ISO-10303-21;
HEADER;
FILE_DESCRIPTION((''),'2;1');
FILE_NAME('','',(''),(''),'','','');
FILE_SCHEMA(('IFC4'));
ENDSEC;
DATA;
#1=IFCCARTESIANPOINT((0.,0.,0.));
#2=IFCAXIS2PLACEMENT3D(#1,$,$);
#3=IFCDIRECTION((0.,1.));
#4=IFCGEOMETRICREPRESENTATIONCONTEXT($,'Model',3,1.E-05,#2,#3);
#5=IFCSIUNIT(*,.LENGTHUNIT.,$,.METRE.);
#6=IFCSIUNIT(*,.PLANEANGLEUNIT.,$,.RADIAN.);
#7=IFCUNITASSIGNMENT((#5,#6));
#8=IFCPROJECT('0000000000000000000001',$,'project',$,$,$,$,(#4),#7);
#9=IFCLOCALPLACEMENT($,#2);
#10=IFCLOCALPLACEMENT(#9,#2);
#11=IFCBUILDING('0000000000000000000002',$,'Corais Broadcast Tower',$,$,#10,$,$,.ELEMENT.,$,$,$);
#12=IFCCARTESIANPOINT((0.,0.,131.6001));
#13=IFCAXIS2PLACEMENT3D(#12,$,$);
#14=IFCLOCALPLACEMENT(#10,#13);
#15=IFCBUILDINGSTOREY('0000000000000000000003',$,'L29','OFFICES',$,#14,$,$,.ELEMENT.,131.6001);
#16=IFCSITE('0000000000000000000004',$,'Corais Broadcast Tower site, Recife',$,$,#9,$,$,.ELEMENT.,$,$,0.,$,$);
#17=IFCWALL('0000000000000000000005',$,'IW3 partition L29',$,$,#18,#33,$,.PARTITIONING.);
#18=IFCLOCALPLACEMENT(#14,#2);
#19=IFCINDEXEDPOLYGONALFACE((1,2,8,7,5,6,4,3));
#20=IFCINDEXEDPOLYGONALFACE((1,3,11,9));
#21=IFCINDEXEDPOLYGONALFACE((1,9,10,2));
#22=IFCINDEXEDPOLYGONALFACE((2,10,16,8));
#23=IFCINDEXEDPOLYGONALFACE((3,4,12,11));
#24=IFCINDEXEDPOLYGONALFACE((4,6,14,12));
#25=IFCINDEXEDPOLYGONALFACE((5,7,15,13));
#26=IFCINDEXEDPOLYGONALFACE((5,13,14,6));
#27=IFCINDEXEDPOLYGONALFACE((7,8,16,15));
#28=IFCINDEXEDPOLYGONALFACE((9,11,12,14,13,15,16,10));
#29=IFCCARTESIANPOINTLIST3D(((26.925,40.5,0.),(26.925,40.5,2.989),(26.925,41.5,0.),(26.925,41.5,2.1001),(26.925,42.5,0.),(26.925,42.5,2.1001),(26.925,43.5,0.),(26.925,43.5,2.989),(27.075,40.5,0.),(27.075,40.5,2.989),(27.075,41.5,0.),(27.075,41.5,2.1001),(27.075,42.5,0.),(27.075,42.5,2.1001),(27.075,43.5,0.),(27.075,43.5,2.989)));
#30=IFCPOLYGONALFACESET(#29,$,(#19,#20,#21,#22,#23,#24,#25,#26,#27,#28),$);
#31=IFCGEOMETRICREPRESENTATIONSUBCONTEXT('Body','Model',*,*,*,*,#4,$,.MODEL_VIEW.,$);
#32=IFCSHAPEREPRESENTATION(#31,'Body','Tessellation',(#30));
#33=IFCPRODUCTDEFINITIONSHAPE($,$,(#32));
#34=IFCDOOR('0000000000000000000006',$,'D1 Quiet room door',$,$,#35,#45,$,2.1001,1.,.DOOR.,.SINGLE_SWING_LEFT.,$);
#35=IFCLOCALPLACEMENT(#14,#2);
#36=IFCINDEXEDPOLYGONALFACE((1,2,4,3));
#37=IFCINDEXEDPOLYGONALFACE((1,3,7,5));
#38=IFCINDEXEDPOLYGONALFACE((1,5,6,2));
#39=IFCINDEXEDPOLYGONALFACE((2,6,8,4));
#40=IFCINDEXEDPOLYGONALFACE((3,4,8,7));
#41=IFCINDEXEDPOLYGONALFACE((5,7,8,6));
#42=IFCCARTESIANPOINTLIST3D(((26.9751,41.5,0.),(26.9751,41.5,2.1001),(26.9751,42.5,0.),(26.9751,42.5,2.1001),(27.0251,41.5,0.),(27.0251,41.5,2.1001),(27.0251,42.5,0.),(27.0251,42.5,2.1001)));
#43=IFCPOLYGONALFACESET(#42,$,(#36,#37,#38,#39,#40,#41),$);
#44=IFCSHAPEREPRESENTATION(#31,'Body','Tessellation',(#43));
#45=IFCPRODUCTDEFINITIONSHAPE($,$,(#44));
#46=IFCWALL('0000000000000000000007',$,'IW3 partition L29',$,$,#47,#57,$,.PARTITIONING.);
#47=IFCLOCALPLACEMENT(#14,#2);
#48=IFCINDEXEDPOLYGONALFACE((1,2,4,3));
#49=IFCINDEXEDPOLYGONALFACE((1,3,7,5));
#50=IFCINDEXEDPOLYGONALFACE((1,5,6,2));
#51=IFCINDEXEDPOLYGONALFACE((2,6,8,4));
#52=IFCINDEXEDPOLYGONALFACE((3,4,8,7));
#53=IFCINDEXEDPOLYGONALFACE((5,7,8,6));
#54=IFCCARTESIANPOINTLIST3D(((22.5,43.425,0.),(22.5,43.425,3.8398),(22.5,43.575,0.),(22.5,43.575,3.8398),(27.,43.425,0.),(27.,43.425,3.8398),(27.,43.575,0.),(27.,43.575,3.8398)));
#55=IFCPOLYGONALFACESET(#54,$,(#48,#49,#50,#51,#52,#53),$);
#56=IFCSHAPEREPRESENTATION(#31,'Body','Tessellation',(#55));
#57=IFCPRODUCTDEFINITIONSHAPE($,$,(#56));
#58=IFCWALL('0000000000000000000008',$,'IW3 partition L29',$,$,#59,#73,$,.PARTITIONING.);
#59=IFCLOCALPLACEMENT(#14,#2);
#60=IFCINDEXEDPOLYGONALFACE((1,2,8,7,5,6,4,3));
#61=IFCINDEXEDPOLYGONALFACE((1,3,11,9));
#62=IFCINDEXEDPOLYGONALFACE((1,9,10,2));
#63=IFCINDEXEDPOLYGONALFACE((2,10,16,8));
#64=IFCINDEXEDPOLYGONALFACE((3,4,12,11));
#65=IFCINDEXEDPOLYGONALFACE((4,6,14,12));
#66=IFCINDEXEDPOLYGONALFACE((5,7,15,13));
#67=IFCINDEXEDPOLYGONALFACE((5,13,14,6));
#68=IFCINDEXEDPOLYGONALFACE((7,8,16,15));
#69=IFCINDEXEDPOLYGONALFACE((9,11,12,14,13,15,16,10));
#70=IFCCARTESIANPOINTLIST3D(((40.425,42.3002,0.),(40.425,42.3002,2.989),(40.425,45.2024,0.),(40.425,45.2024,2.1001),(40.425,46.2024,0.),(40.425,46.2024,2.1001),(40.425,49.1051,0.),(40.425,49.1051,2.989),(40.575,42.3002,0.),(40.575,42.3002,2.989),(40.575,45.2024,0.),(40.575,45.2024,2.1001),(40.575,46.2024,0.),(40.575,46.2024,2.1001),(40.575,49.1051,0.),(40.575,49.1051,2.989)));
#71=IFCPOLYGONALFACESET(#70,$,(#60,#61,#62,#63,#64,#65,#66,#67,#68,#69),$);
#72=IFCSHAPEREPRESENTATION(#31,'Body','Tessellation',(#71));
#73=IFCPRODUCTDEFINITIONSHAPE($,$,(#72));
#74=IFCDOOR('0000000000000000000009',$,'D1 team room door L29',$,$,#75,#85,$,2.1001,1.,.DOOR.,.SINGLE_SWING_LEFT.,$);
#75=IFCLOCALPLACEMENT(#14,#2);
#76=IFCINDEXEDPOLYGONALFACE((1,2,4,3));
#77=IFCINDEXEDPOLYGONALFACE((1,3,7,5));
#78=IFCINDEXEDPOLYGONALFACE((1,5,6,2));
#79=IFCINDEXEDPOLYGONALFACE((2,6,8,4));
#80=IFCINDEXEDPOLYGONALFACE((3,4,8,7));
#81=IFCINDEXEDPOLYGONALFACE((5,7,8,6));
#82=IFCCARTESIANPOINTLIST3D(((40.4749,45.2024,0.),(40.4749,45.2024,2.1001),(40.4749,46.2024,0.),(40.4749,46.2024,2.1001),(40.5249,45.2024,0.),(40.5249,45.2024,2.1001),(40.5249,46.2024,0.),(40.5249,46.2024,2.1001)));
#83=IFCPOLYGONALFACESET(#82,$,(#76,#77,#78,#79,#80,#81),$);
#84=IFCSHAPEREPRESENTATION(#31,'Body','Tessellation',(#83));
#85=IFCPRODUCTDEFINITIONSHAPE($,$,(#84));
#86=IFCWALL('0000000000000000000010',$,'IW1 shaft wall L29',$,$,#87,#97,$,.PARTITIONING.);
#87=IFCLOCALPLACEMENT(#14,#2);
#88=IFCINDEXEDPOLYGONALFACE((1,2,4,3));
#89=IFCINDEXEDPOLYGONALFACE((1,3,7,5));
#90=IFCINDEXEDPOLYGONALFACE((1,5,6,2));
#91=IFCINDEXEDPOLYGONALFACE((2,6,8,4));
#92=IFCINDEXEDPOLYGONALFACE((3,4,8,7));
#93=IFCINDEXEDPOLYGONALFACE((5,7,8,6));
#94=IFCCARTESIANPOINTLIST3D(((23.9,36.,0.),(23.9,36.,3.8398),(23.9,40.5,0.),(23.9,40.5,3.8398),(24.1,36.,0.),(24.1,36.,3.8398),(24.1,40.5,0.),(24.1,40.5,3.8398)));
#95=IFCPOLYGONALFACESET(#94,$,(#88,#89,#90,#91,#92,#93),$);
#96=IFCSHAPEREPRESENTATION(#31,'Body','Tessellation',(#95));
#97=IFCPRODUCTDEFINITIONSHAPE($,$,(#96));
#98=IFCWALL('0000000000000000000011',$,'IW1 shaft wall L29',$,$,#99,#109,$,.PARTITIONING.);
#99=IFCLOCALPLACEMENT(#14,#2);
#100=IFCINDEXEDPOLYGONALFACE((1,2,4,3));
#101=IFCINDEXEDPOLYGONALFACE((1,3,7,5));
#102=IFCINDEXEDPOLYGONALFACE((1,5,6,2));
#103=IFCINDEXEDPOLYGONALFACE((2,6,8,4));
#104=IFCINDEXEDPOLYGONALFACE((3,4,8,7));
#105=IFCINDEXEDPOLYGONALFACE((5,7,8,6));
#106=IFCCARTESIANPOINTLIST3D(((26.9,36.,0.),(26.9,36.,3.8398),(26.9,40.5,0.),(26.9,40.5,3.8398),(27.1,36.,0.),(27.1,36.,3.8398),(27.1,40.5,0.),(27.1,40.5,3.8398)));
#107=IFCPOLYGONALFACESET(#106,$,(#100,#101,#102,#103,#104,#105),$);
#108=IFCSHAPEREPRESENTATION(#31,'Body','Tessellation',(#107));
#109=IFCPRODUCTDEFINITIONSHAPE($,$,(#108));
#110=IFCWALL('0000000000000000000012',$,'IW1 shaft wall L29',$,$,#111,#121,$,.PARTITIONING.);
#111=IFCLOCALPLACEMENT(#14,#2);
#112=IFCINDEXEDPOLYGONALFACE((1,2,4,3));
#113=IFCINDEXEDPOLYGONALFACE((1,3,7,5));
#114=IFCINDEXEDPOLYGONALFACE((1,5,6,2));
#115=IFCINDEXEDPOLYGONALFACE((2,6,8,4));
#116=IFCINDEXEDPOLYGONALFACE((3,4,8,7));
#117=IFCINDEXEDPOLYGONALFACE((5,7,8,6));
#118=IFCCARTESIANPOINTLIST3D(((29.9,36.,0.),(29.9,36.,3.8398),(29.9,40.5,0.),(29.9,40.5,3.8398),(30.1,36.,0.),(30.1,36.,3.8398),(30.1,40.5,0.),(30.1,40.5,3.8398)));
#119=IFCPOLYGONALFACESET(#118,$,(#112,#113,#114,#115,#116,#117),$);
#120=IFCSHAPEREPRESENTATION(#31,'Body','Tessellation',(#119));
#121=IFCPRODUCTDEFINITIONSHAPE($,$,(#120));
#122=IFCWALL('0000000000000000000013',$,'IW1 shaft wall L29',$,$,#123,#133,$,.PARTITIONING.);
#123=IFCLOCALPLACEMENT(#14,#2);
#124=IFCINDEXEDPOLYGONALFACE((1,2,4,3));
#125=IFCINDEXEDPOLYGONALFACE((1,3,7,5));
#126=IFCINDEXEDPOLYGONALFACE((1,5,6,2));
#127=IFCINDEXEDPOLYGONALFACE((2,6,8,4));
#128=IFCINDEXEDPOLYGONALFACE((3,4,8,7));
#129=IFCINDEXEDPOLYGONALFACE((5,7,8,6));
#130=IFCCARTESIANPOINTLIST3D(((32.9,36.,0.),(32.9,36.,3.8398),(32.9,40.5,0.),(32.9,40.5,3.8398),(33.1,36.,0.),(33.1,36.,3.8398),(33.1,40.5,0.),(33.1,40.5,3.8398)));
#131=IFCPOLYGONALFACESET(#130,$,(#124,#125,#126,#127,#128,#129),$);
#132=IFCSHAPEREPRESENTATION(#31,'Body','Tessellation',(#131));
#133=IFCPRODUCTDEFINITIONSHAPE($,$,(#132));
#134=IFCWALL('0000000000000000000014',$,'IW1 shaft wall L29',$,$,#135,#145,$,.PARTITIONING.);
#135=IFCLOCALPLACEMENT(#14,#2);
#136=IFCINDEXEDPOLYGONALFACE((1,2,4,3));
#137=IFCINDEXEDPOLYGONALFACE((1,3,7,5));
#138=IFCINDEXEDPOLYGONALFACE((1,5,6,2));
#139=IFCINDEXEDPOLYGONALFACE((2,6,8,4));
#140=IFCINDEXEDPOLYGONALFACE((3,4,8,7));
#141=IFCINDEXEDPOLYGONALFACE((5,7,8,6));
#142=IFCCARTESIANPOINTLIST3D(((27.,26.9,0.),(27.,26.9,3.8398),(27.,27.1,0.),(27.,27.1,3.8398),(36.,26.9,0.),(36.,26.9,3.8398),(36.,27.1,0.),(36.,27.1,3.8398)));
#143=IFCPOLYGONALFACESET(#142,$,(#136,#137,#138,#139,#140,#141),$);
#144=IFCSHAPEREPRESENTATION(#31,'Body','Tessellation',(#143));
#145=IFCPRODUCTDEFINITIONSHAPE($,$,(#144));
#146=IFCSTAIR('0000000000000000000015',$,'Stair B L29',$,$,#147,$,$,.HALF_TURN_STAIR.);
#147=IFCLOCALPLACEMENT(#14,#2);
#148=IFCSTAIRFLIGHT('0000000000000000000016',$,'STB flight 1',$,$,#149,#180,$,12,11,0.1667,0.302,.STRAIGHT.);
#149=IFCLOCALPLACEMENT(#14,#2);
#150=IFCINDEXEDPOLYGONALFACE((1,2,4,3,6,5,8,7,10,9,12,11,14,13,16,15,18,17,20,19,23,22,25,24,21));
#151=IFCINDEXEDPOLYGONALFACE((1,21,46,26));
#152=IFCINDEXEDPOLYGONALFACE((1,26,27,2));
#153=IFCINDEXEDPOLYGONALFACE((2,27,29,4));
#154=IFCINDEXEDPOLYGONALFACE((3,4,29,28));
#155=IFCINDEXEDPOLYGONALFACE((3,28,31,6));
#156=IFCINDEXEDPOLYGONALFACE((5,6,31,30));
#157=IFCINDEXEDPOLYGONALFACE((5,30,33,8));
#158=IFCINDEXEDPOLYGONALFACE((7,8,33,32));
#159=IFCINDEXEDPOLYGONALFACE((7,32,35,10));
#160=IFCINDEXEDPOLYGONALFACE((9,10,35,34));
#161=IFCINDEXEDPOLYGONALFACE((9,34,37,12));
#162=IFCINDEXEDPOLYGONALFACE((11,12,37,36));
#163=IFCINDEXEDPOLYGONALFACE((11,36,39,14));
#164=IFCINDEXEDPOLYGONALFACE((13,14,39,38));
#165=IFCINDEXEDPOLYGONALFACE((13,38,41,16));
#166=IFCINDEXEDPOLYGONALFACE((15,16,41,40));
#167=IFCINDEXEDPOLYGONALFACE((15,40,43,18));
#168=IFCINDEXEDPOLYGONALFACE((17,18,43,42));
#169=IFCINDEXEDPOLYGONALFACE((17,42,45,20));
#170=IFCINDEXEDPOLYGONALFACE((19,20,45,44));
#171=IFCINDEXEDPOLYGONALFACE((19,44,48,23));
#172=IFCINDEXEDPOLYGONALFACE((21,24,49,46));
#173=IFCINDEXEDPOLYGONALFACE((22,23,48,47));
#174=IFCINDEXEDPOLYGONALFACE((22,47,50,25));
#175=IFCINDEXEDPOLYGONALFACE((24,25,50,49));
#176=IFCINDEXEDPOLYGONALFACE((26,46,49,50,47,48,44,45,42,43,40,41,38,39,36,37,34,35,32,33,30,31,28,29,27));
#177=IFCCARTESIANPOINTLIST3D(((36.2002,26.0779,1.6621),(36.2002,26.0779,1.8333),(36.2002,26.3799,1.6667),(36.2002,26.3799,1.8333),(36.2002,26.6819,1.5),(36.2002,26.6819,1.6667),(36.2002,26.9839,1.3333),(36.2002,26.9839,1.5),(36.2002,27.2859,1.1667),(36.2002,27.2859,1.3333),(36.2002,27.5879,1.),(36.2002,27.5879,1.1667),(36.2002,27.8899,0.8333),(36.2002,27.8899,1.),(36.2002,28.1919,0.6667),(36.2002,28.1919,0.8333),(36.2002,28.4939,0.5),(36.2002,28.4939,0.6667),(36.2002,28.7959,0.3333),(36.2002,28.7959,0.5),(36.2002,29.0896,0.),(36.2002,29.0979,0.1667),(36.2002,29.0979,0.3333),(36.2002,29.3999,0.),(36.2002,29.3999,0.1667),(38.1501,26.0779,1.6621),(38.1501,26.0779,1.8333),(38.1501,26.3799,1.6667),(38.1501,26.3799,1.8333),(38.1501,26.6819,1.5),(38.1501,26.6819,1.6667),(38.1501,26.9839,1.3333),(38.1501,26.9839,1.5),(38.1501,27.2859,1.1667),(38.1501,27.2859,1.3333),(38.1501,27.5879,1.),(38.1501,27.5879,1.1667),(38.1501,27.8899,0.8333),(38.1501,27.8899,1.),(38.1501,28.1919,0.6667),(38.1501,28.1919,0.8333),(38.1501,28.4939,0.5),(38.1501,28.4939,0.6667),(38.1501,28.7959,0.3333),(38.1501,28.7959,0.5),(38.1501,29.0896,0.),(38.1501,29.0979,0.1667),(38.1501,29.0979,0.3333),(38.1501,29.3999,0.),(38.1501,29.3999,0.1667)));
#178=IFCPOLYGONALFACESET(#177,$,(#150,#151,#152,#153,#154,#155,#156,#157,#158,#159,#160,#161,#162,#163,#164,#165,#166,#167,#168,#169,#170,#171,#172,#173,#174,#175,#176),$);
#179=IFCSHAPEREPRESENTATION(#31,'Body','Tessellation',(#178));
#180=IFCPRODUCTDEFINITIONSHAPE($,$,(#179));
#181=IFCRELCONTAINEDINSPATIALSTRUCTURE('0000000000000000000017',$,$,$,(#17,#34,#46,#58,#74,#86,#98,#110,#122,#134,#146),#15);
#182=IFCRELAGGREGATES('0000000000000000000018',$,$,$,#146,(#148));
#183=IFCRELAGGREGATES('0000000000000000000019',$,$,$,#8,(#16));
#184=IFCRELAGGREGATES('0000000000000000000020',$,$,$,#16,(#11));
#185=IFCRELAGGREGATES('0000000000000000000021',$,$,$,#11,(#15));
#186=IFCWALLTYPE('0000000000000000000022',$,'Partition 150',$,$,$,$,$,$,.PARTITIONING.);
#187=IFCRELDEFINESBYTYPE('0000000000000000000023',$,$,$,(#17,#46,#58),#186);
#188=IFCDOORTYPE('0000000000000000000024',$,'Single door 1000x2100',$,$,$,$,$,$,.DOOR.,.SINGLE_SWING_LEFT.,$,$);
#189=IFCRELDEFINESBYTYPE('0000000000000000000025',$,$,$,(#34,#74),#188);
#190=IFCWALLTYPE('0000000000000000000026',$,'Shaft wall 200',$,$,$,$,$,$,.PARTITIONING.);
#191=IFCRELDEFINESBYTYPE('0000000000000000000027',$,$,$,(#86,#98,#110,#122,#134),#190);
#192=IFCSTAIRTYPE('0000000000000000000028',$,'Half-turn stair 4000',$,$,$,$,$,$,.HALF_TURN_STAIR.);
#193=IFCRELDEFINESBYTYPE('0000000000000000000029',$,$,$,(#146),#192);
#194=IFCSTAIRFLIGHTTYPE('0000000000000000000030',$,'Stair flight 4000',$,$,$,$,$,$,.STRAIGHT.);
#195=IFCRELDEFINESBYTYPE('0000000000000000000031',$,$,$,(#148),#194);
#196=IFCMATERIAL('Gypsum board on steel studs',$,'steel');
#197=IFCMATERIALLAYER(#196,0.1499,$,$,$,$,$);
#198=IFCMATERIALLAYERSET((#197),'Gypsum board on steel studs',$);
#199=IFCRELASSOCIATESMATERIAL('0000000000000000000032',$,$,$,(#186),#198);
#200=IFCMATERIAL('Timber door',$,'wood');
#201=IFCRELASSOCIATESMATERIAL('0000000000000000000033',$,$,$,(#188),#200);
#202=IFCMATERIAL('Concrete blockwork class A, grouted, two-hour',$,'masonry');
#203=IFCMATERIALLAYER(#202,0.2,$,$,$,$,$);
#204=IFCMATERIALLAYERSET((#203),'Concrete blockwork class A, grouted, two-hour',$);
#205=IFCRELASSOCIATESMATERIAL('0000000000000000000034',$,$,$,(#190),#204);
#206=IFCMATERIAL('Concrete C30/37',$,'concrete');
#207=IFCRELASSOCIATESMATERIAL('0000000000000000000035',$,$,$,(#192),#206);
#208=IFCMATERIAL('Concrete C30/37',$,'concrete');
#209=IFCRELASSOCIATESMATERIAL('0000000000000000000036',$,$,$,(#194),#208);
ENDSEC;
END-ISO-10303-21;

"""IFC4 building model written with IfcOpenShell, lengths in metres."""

from ifc_helpers import new_model, si_unit, direction, frame, frame_2d, origin, place, context, subcontext, project, spatial, polyline, rectangle, outline, extrude, material, layer, layer_set, type_object, element, fill, aggregate, save


model = new_model("IFC4")

# Units and contexts
model_context = context("Model", 3, precision=1e-05, world=origin(), true_north=direction((0.0, 1.0)))
body_context = subcontext(model_context, "Body", "Model", "MODEL_VIEW")
ifc_project = project(units=[si_unit("LENGTHUNIT", "METRE"), si_unit("PLANEANGLEUNIT", "RADIAN")], contexts=[model_context])

# Site, building, storey
site_placement = place(None, origin())
site = spatial("IfcSite", under=ifc_project, at=site_placement, Name="Corais Broadcast Tower site, Recife", CompositionType="ELEMENT", RefElevation=0.0)
building_placement = place(site_placement, origin())
building = spatial("IfcBuilding", under=site, at=building_placement, Name="Corais Broadcast Tower", CompositionType="ELEMENT")
storey_placement = place(building_placement, frame((0.0, 0.0, 131.6001)))
storey = spatial("IfcBuildingStorey", under=building, at=storey_placement, Name="L29", Description="OFFICES", CompositionType="ELEMENT", Elevation=131.6001)

# Shared definitions
ifc_material_1 = material(Name="Gypsum board on steel studs", Category="steel")
ifc_layer_1 = layer(ifc_material_1, 0.1499)
ifc_layer_set_1 = layer_set([ifc_layer_1], Name="Gypsum board on steel studs")
wall_type_1 = type_object("IfcWallType", Name="Partition 150", PredefinedType="PARTITIONING", material=ifc_layer_set_1)

# Wall, opening, door
ifc_material_2 = material(Name="Timber door", Category="wood")
door_type = type_object("IfcDoorType", Name="Single door 1000x2100", OperationType="SINGLE_SWING_LEFT", PredefinedType="DOOR", material=ifc_material_2)
wall_1_placement = place(storey_placement, frame((27.0, 40.5, 0.0), z_axis=(0.0, 0.0, 1.0), x_axis=(0.0, 1.0, 0.0)))
wall_1 = element("IfcWall", 1, at=wall_1_placement, inside=storey, type_object=wall_type_1, Name="IW3 partition L29", PredefinedType="PARTITIONING", context=body_context, shape_type="SweptSolid", body=[
    extrude(rectangle(XDim=3.0, YDim=0.1499, at=frame_2d((1.5, 0.0))), origin(), (0.0, 0.0, 1.0), 2.989),
])
opening_1_placement = place(wall_1_placement, frame((1.0, 0.0, 0.0)))
opening_1 = element("IfcOpeningElement", 2, at=opening_1_placement, cuts=wall_1, PredefinedType="OPENING", context=body_context, shape_type="SweptSolid", body=[
    extrude(rectangle(XDim=1.0, YDim=2.1001, at=frame_2d((0.5, 1.05))), frame((0.0, 0.085, 0.0), z_axis=(0.0, -1.0, 0.0), x_axis=(1.0, 0.0, 0.0)), (0.0, 0.0, 1.0), 0.1699),
])
door_1_placement = place(opening_1_placement, origin())
door_1 = element("IfcDoor", 3, at=door_1_placement, inside=storey, type_object=door_type, Name="D1 Quiet room door", OperationType="SINGLE_SWING_LEFT", OverallHeight=2.1001, OverallWidth=1.0, PredefinedType="DOOR", context=body_context, shape_type="SweptSolid", body=[
    extrude(rectangle(XDim=1.0, YDim=2.1001, at=frame_2d((0.5, 1.05))), frame((0.0, 0.0249, 0.0), z_axis=(0.0, -1.0, 0.0), x_axis=(1.0, 0.0, 0.0)), (0.0, 0.0, 1.0), 0.05),
])
fill(opening_1, door_1)

# Wall
wall_2_placement = place(storey_placement, frame((27.0, 43.5, 0.0), z_axis=(0.0, 0.0, 1.0), x_axis=(-1.0, 0.0, 0.0)))
element("IfcWall", 4, at=wall_2_placement, inside=storey, type_object=wall_type_1, Name="IW3 partition L29", PredefinedType="PARTITIONING", context=body_context, shape_type="SweptSolid", body=[
    extrude(rectangle(XDim=4.5, YDim=0.1499, at=frame_2d((2.25, 0.0))), origin(), (0.0, 0.0, 1.0), 3.8398),
])

# Wall, opening, door
wall_3_placement = place(storey_placement, frame((40.5, 49.105, 0.0), z_axis=(0.0, 0.0, 1.0), x_axis=(0.0, -1.0, 0.0)))
wall_3 = element("IfcWall", 5, at=wall_3_placement, inside=storey, type_object=wall_type_1, Name="IW3 partition L29", PredefinedType="PARTITIONING", context=body_context, shape_type="SweptSolid", body=[
    extrude(rectangle(XDim=6.8049, YDim=0.1499, at=frame_2d((3.4023, 0.0))), origin(), (0.0, 0.0, 1.0), 2.989),
])
opening_2_placement = place(wall_3_placement, frame((2.9026, 0.0, 0.0)))
opening_2 = element("IfcOpeningElement", 6, at=opening_2_placement, cuts=wall_3, PredefinedType="OPENING", context=body_context, shape_type="SweptSolid", body=[
    extrude(rectangle(XDim=1.0, YDim=2.1001, at=frame_2d((0.5, 1.05))), frame((0.0, 0.085, 0.0), z_axis=(0.0, -1.0, 0.0), x_axis=(1.0, 0.0, 0.0)), (0.0, 0.0, 1.0), 0.1699),
])
door_2_placement = place(opening_2_placement, origin())
door_2 = element("IfcDoor", 7, at=door_2_placement, inside=storey, type_object=door_type, Name="D1 team room door L29", OperationType="SINGLE_SWING_LEFT", OverallHeight=2.1001, OverallWidth=1.0, PredefinedType="DOOR", context=body_context, shape_type="SweptSolid", body=[
    extrude(rectangle(XDim=1.0, YDim=2.1001, at=frame_2d((0.5, 1.05))), frame((0.0, 0.0249, 0.0), z_axis=(0.0, -1.0, 0.0), x_axis=(1.0, 0.0, 0.0)), (0.0, 0.0, 1.0), 0.05),
])
fill(opening_2, door_2)

# Walls
ifc_material_3 = material(Name="Concrete blockwork class A, grouted, two-hour", Category="masonry")
ifc_layer_2 = layer(ifc_material_3, 0.2)
ifc_layer_set_2 = layer_set([ifc_layer_2], Name="Concrete blockwork class A, grouted, two-hour")
wall_type_2 = type_object("IfcWallType", Name="Shaft wall 200", PredefinedType="PARTITIONING", material=ifc_layer_set_2)
for number, where, z_axis, x_axis, name in (
    (8, (24.0, 36.0, 0.0), (0.0, 0.0, 1.0), (0.0, 1.0, 0.0), "IW1 shaft wall L29"),
    (9, (27.0, 36.0, 0.0), (0.0, 0.0, 1.0), (0.0, 1.0, 0.0), "IW1 shaft wall L29"),
    (10, (30.0, 36.0, 0.0), (0.0, 0.0, 1.0), (0.0, 1.0, 0.0), "IW1 shaft wall L29"),
    (11, (33.0, 36.0, 0.0), (0.0, 0.0, 1.0), (0.0, 1.0, 0.0), "IW1 shaft wall L29"),
):
    element("IfcWall", number, at=place(storey_placement, frame(where, z_axis=z_axis, x_axis=x_axis)), inside=storey, type_object=wall_type_2, Name=name, PredefinedType="PARTITIONING", context=body_context, shape_type="SweptSolid", body=[
        extrude(rectangle(XDim=4.5, YDim=0.2, at=frame_2d((2.25, 0.0))), origin(), (0.0, 0.0, 1.0), 3.8398),
    ])
wall_4_placement = place(storey_placement, frame((27.0, 27.0, 0.0), z_axis=(0.0, 0.0, 1.0), x_axis=(1.0, 0.0, 0.0)))
element("IfcWall", 12, at=wall_4_placement, inside=storey, type_object=wall_type_2, Name="IW1 shaft wall L29", PredefinedType="PARTITIONING", context=body_context, shape_type="SweptSolid", body=[
    extrude(rectangle(XDim=9.0, YDim=0.2, at=frame_2d((4.5, 0.0))), origin(), (0.0, 0.0, 1.0), 3.8398),
])

# Stair, stair flight
ifc_material_4 = material(Name="Concrete C30/37", Category="concrete")
stair_type = type_object("IfcStairType", Name="Half-turn stair 4000", PredefinedType="HALF_TURN_STAIR", material=ifc_material_4)
stair_placement = place(storey_placement, origin())
stair = element("IfcStair", 13, at=stair_placement, inside=storey, type_object=stair_type, Name="Stair B L29", PredefinedType="HALF_TURN_STAIR")
ifc_material_5 = material(Name="Concrete C30/37", Category="concrete")
stair_flight_type = type_object("IfcStairFlightType", Name="Stair flight 4000", PredefinedType="STRAIGHT", material=ifc_material_5)
stair_flight_placement = place(storey_placement, frame((37.175, 29.3999, 0.0), z_axis=(0.0, 0.0, 1.0), x_axis=(0.0, -1.0, 0.0)))
stair_flight = element("IfcStairFlight", 14, at=stair_flight_placement, type_object=stair_flight_type, Name="STB flight 1", NumberOfRisers=12, NumberOfTreads=11, PredefinedType="STRAIGHT", RiserHeight=0.1667, TreadLength=0.302, context=body_context, shape_type="SweptSolid", body=[
    extrude(outline(polyline([(0.0, 0.0), (0.0, 0.1667), (0.302, 0.1667), (0.302, 0.3333), (0.604, 0.3333), (0.604, 0.5), (0.906, 0.5), (0.906, 0.6667), (1.208, 0.6667), (1.208, 0.8333), (1.51, 0.8333), (1.51, 1.0), (1.812, 1.0), (1.812, 1.1667), (2.114, 1.1667), (2.114, 1.3333), (2.416, 1.3333), (2.416, 1.5), (2.718, 1.5), (2.718, 1.6667), (3.02, 1.6667), (3.02, 1.8333), (3.322, 1.8333), (3.322, 2.0), (3.322, 1.6621), (0.3103, 0.0), (0.0, 0.0)])), frame((0.0, 0.9751, 0.0), z_axis=(0.0, -1.0, 0.0), x_axis=(1.0, 0.0, 0.0)), (0.0, 0.0, 1.0), 1.95),
])
aggregate(stair, [stair_flight])

save(model, "model.ifc")
